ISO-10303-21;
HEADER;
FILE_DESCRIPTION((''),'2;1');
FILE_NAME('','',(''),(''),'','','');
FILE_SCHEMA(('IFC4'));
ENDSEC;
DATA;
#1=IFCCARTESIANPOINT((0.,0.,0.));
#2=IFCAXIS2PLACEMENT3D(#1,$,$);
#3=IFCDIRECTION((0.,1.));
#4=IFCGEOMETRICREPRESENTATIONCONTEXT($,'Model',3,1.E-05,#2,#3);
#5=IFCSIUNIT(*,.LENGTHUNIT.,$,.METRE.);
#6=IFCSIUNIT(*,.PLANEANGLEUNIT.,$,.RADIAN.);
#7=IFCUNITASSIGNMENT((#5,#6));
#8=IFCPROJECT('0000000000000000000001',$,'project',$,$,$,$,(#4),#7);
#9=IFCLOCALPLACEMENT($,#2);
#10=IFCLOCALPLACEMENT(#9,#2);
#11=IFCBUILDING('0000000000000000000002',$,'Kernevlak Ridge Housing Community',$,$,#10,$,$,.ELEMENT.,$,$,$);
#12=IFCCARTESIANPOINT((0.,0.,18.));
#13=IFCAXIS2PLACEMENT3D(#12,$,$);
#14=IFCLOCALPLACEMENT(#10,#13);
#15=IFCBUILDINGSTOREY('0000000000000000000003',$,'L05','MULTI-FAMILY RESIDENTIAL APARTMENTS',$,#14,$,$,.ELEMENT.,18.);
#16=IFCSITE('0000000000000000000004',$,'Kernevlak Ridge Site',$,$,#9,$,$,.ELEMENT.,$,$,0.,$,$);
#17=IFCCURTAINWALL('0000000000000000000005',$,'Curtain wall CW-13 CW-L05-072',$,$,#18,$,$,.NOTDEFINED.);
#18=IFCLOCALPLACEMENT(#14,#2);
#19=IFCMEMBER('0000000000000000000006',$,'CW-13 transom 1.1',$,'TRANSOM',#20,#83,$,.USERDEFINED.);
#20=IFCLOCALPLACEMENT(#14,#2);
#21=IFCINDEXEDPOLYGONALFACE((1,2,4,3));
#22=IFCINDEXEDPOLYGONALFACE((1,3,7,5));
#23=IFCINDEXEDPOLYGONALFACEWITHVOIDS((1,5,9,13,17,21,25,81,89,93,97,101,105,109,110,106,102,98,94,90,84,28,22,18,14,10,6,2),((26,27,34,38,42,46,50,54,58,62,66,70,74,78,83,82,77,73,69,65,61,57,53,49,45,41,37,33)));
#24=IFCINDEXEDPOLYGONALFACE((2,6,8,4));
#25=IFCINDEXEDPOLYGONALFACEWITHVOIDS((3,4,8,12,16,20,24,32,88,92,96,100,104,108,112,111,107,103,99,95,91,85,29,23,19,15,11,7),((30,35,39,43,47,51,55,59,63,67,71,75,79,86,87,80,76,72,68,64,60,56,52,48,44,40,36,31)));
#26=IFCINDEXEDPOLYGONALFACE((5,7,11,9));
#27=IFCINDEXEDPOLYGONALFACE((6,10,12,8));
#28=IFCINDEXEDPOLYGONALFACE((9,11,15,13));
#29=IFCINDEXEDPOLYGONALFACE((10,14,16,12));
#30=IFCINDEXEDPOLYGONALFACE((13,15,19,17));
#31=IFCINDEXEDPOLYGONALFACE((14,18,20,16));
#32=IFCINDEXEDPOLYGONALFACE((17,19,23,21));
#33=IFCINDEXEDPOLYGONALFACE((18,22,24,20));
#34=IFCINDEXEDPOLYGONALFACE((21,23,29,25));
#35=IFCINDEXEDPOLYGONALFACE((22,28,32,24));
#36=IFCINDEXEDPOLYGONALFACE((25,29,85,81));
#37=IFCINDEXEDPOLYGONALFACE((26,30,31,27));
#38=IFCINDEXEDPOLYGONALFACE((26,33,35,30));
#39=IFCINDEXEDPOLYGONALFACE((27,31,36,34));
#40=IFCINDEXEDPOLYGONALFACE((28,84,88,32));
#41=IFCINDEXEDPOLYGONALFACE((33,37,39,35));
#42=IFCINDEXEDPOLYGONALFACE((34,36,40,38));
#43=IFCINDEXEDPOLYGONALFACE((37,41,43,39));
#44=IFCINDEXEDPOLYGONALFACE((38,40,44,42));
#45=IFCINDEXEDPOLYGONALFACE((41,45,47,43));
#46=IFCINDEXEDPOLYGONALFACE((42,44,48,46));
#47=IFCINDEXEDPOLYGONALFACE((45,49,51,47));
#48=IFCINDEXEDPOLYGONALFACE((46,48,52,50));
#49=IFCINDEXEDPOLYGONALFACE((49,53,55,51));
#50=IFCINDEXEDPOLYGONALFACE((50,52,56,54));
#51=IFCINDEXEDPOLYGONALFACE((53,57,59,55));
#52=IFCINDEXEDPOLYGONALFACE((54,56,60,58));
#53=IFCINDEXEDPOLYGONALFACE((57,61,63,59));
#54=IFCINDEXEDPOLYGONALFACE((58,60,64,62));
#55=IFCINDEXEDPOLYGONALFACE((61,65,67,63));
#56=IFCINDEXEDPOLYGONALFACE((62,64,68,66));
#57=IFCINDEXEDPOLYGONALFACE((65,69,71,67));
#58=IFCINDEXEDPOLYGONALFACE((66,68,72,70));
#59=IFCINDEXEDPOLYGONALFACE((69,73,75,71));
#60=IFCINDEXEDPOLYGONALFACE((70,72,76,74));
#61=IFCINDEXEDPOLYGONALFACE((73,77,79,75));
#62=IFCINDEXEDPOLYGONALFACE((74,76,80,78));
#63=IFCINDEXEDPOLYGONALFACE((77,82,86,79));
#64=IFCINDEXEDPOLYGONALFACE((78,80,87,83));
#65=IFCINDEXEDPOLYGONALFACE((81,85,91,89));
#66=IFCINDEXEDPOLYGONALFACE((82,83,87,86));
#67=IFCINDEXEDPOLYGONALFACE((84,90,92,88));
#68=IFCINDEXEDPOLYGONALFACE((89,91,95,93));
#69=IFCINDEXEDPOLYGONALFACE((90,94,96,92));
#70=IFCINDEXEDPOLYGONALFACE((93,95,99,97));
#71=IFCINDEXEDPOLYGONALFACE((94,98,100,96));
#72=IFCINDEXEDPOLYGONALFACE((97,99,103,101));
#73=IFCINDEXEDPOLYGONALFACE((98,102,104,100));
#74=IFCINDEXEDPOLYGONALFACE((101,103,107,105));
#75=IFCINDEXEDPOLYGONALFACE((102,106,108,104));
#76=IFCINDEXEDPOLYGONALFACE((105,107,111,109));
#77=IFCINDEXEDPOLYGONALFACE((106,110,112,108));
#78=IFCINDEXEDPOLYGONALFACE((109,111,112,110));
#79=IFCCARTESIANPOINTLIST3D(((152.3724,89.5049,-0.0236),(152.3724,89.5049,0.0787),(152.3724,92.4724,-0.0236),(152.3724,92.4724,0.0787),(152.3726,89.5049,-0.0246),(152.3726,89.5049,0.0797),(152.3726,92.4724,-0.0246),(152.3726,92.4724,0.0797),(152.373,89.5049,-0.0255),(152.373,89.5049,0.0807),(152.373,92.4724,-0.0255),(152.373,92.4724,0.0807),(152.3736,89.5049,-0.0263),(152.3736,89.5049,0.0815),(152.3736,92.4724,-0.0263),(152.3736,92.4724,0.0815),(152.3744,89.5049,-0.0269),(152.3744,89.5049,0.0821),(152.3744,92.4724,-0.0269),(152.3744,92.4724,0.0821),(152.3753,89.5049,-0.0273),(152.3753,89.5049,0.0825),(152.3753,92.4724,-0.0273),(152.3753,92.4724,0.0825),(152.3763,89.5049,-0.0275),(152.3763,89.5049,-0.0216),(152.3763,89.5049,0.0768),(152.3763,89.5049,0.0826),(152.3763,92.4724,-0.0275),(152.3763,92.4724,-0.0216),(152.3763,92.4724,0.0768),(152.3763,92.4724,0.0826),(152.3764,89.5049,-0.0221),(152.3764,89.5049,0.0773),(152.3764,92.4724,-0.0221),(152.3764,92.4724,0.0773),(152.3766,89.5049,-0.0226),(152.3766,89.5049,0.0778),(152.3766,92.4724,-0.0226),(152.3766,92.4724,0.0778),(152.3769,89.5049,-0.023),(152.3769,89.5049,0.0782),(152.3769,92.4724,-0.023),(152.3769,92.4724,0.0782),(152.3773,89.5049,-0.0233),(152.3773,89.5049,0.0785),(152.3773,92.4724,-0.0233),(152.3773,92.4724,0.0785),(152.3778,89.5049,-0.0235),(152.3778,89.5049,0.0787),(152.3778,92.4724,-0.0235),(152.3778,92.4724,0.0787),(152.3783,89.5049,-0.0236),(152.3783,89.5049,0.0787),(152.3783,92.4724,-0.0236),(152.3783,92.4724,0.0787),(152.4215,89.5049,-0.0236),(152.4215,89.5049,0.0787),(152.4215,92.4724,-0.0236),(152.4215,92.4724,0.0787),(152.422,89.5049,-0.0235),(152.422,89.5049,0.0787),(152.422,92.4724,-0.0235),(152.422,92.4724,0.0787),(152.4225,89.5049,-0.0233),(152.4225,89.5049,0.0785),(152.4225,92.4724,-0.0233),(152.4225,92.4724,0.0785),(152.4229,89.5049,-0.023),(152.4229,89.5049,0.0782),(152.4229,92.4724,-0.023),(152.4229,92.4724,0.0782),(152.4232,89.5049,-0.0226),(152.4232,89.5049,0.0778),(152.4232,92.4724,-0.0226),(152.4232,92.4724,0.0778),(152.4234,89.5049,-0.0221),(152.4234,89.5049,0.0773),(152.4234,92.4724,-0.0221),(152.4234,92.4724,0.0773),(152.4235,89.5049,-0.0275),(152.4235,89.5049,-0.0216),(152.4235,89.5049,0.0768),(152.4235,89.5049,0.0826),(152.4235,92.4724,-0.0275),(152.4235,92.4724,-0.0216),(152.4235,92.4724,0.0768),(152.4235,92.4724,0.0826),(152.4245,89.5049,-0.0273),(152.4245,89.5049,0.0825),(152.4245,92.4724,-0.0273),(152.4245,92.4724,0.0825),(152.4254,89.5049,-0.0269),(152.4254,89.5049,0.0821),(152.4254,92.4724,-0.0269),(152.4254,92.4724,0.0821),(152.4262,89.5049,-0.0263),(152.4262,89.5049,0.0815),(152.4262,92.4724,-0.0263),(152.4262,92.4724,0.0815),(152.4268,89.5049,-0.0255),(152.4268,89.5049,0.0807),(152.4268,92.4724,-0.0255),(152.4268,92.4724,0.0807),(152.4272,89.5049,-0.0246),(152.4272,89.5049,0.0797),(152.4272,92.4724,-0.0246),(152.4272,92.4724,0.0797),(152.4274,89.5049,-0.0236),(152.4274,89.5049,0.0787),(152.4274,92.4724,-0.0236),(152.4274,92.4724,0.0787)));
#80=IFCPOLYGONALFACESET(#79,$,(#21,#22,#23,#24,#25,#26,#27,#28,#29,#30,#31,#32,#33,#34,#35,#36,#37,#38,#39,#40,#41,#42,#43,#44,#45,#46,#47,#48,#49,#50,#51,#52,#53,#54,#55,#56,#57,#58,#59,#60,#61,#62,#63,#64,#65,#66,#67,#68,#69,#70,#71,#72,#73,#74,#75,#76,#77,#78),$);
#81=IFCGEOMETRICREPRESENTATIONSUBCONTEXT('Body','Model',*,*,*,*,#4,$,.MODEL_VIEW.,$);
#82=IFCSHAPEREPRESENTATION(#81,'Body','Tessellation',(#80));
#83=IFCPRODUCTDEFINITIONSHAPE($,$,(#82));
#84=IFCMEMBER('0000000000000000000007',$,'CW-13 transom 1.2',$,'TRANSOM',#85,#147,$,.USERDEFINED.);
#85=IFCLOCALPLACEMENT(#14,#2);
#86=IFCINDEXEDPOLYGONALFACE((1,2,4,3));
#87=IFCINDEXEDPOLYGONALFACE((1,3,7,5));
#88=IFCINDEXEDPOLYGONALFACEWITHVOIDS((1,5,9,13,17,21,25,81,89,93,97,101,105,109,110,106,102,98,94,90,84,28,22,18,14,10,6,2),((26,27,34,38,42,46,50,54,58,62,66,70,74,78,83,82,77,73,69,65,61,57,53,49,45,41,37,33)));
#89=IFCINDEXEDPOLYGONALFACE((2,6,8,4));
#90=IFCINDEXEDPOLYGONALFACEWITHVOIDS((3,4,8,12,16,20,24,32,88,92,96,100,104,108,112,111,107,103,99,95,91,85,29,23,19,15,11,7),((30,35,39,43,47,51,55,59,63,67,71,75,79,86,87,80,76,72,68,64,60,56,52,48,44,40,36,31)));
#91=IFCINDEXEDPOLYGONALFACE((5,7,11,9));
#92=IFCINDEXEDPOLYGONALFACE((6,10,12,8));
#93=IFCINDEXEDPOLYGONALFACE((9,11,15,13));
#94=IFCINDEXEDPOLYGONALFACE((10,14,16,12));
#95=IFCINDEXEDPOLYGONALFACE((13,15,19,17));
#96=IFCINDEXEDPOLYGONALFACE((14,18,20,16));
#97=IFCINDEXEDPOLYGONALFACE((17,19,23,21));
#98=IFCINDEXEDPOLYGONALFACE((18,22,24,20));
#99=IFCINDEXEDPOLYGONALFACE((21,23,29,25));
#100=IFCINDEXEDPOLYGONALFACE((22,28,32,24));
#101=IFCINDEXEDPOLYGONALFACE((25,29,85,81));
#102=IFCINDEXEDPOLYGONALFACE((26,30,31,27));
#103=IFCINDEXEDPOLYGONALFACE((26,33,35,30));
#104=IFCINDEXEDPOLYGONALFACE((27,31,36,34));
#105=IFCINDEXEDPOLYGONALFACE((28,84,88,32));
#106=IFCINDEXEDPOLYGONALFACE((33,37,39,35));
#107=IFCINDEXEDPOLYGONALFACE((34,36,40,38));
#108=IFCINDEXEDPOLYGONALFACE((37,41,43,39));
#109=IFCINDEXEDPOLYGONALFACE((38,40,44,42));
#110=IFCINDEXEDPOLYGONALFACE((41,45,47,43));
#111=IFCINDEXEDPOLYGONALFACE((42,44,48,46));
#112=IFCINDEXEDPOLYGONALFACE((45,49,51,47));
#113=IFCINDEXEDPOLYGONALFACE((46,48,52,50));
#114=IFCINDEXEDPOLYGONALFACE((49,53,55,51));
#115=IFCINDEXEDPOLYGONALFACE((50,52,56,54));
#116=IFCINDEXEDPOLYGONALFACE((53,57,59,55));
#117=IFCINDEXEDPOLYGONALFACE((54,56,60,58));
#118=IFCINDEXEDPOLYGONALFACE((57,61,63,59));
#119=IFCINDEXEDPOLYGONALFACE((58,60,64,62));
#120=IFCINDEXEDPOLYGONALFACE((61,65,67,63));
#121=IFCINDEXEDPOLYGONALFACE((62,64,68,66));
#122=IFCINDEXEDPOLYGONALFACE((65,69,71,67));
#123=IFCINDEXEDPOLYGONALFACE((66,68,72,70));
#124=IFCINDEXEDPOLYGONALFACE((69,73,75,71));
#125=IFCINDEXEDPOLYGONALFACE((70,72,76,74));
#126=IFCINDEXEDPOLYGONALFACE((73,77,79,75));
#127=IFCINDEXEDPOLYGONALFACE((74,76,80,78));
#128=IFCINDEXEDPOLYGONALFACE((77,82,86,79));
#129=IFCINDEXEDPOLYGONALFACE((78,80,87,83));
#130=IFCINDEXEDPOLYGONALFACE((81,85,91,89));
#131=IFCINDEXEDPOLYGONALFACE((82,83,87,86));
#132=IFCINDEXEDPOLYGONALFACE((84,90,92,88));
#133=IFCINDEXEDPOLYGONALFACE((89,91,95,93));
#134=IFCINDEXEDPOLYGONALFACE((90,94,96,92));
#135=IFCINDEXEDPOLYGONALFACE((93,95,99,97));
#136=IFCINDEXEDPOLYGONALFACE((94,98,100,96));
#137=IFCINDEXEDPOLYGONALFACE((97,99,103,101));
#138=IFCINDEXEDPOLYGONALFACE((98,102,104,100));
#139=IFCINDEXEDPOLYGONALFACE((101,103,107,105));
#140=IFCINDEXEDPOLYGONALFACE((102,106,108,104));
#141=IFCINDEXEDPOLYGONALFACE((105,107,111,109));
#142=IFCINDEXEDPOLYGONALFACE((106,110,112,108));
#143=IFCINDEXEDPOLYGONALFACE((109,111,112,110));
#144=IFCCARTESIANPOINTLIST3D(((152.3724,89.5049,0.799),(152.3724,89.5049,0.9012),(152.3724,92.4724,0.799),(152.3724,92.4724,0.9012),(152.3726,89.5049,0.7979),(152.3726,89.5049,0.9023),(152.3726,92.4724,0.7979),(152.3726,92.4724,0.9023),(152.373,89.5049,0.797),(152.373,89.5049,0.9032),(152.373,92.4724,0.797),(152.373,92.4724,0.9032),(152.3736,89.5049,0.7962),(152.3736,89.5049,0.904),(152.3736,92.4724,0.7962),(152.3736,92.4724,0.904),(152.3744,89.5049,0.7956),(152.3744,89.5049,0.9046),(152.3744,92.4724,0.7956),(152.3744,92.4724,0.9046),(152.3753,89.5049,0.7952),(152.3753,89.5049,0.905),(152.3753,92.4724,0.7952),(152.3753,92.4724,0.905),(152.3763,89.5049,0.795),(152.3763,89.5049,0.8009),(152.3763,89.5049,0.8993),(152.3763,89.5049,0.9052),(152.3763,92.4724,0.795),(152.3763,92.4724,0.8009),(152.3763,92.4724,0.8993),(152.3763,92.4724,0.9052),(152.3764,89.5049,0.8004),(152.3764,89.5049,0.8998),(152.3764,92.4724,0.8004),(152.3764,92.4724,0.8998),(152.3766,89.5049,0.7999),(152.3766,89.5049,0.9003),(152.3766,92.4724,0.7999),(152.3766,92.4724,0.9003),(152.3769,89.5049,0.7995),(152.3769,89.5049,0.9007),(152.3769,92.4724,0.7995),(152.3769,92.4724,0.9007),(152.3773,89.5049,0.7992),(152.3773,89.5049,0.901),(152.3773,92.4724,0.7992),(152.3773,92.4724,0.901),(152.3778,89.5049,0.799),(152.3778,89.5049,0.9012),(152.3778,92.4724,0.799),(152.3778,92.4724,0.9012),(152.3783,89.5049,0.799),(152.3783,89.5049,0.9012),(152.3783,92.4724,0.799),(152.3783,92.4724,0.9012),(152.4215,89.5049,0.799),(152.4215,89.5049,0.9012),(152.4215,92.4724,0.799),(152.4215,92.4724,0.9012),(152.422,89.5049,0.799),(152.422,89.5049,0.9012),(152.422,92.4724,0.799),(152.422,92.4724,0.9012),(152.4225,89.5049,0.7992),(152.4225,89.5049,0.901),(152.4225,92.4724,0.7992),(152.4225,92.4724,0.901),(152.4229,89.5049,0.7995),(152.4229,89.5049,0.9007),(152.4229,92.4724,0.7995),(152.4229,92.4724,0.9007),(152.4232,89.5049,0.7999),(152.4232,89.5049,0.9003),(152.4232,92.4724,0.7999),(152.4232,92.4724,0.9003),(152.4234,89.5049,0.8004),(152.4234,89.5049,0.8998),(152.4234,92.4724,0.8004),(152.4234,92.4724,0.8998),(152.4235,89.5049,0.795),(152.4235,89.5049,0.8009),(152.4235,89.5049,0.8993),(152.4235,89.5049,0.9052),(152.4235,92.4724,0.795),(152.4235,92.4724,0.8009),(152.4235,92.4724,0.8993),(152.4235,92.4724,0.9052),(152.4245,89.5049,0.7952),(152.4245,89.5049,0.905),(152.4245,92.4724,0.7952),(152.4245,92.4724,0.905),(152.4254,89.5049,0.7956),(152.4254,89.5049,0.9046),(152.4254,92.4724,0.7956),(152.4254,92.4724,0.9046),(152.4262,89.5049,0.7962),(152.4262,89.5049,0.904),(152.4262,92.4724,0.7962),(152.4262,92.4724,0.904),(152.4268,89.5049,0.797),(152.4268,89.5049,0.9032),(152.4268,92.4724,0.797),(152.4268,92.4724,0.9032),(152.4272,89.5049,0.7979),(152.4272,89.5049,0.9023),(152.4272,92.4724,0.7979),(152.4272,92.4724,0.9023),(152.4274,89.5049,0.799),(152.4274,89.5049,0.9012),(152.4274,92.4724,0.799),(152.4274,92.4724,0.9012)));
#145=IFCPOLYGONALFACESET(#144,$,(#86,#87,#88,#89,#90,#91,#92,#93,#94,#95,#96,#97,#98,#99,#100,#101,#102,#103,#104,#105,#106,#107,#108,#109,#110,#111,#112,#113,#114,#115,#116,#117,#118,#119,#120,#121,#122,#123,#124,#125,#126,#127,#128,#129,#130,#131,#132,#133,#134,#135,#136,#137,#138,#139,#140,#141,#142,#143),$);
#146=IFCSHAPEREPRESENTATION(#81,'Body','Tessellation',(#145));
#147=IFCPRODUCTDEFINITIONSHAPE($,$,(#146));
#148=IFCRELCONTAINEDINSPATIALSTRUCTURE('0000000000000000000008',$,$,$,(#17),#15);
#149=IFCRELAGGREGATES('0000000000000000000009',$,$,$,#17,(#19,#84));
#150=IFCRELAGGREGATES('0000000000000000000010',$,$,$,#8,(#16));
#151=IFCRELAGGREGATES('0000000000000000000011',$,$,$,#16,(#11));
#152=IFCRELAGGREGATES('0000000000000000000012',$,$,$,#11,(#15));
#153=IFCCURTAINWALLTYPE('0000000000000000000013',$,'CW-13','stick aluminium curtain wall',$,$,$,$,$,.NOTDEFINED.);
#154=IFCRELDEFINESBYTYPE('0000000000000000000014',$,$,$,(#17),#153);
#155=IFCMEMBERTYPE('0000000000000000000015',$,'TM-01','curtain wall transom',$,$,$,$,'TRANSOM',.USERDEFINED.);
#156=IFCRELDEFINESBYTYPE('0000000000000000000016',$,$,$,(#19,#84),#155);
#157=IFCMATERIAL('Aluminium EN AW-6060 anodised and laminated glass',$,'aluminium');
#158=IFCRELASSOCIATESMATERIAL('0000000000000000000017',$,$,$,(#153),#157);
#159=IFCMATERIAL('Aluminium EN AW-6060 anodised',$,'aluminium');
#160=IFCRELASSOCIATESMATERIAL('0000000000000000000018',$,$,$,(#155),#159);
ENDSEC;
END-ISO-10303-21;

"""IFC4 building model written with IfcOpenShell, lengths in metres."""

from ifc_helpers import new_model, si_unit, direction, frame, origin, origin_2d, place, context, subcontext, project, spatial, hollow_rectangle, extrude, material, material_profile, profile_set, type_object, element, aggregate, save


model = new_model("IFC4")

# Units and contexts
model_context = context("Model", 3, precision=1e-05, world=origin(), true_north=direction((0.0, 1.0)))
body_context = subcontext(model_context, "Body", "Model", "MODEL_VIEW")
ifc_project = project(units=[si_unit("LENGTHUNIT", "METRE"), si_unit("PLANEANGLEUNIT", "RADIAN")], contexts=[model_context])

# Site, building, storey
site_placement = place(None, origin())
site = spatial("IfcSite", under=ifc_project, at=site_placement, Name="Kernevlak Ridge Site", CompositionType="ELEMENT", RefElevation=0.0)
building_placement = place(site_placement, origin())
building = spatial("IfcBuilding", under=site, at=building_placement, Name="Kernevlak Ridge Housing Community", CompositionType="ELEMENT")
storey_placement = place(building_placement, frame((0.0, 0.0, 18.0)))
storey = spatial("IfcBuildingStorey", under=building, at=storey_placement, Name="L05", Description="MULTI-FAMILY RESIDENTIAL APARTMENTS", CompositionType="ELEMENT", Elevation=18.0)

# Curtain wall
ifc_material_1 = material(Name="Aluminium EN AW-6060 anodised and laminated glass", Category="aluminium")
curtain_wall_type = type_object("IfcCurtainWallType", Name="CW-13", Description="stick aluminium curtain wall", PredefinedType="NOTDEFINED", material=ifc_material_1)
curtain_wall_placement = place(storey_placement, origin())
curtain_wall = element("IfcCurtainWall", 1, at=curtain_wall_placement, inside=storey, type_object=curtain_wall_type, Name="Curtain wall CW-13 CW-L05-072", PredefinedType="NOTDEFINED")
ifc_material_2 = material(Name="Aluminium EN AW-6060 anodised", Category="aluminium")

# Members
ifc_material_profile_1 = material_profile(ifc_material_2, hollow_rectangle(XDim=0.0549, YDim=0.1101, WallThickness=0.0039, InnerFilletRadius=0.002, OuterFilletRadius=0.0039, at=origin_2d()), Name="ALU 55x110x4")
ifc_profile_set_1 = profile_set([ifc_material_profile_1], Name="Aluminium EN AW-6060 anodised")
member_type_1 = type_object("IfcMemberType", Name="TM-01", Description="curtain wall transom", ElementType="TRANSOM", PredefinedType="USERDEFINED", material=ifc_profile_set_1)
member_1_placement = place(storey_placement, frame((152.3999, 89.5049, 0.0276), z_axis=(0.0, 1.0, 0.0), x_axis=(-1.0, 0.0, 0.0)))
member_1 = element("IfcMember", 2, at=member_1_placement, type_object=member_type_1, Name="CW-13 transom 1.1", ObjectType="TRANSOM", PredefinedType="USERDEFINED", context=body_context, shape_type="SweptSolid", body=[
    extrude(hollow_rectangle(XDim=0.0549, YDim=0.1101, WallThickness=0.0039, InnerFilletRadius=0.002, OuterFilletRadius=0.0039, at=origin_2d()), origin(), (0.0, 0.0, 1.0), 2.9675),
])
member_2_placement = place(storey_placement, frame((152.3999, 89.5049, 0.8501), z_axis=(0.0, 1.0, 0.0), x_axis=(-1.0, 0.0, 0.0)))
member_2 = element("IfcMember", 3, at=member_2_placement, type_object=member_type_1, Name="CW-13 transom 1.2", ObjectType="TRANSOM", PredefinedType="USERDEFINED", context=body_context, shape_type="SweptSolid", body=[
    extrude(hollow_rectangle(XDim=0.0549, YDim=0.1101, WallThickness=0.0039, InnerFilletRadius=0.002, OuterFilletRadius=0.0039, at=origin_2d()), origin(), (0.0, 0.0, 1.0), 2.9675),
])

aggregate(curtain_wall, [member_1, member_2])

save(model, "model.ifc")
